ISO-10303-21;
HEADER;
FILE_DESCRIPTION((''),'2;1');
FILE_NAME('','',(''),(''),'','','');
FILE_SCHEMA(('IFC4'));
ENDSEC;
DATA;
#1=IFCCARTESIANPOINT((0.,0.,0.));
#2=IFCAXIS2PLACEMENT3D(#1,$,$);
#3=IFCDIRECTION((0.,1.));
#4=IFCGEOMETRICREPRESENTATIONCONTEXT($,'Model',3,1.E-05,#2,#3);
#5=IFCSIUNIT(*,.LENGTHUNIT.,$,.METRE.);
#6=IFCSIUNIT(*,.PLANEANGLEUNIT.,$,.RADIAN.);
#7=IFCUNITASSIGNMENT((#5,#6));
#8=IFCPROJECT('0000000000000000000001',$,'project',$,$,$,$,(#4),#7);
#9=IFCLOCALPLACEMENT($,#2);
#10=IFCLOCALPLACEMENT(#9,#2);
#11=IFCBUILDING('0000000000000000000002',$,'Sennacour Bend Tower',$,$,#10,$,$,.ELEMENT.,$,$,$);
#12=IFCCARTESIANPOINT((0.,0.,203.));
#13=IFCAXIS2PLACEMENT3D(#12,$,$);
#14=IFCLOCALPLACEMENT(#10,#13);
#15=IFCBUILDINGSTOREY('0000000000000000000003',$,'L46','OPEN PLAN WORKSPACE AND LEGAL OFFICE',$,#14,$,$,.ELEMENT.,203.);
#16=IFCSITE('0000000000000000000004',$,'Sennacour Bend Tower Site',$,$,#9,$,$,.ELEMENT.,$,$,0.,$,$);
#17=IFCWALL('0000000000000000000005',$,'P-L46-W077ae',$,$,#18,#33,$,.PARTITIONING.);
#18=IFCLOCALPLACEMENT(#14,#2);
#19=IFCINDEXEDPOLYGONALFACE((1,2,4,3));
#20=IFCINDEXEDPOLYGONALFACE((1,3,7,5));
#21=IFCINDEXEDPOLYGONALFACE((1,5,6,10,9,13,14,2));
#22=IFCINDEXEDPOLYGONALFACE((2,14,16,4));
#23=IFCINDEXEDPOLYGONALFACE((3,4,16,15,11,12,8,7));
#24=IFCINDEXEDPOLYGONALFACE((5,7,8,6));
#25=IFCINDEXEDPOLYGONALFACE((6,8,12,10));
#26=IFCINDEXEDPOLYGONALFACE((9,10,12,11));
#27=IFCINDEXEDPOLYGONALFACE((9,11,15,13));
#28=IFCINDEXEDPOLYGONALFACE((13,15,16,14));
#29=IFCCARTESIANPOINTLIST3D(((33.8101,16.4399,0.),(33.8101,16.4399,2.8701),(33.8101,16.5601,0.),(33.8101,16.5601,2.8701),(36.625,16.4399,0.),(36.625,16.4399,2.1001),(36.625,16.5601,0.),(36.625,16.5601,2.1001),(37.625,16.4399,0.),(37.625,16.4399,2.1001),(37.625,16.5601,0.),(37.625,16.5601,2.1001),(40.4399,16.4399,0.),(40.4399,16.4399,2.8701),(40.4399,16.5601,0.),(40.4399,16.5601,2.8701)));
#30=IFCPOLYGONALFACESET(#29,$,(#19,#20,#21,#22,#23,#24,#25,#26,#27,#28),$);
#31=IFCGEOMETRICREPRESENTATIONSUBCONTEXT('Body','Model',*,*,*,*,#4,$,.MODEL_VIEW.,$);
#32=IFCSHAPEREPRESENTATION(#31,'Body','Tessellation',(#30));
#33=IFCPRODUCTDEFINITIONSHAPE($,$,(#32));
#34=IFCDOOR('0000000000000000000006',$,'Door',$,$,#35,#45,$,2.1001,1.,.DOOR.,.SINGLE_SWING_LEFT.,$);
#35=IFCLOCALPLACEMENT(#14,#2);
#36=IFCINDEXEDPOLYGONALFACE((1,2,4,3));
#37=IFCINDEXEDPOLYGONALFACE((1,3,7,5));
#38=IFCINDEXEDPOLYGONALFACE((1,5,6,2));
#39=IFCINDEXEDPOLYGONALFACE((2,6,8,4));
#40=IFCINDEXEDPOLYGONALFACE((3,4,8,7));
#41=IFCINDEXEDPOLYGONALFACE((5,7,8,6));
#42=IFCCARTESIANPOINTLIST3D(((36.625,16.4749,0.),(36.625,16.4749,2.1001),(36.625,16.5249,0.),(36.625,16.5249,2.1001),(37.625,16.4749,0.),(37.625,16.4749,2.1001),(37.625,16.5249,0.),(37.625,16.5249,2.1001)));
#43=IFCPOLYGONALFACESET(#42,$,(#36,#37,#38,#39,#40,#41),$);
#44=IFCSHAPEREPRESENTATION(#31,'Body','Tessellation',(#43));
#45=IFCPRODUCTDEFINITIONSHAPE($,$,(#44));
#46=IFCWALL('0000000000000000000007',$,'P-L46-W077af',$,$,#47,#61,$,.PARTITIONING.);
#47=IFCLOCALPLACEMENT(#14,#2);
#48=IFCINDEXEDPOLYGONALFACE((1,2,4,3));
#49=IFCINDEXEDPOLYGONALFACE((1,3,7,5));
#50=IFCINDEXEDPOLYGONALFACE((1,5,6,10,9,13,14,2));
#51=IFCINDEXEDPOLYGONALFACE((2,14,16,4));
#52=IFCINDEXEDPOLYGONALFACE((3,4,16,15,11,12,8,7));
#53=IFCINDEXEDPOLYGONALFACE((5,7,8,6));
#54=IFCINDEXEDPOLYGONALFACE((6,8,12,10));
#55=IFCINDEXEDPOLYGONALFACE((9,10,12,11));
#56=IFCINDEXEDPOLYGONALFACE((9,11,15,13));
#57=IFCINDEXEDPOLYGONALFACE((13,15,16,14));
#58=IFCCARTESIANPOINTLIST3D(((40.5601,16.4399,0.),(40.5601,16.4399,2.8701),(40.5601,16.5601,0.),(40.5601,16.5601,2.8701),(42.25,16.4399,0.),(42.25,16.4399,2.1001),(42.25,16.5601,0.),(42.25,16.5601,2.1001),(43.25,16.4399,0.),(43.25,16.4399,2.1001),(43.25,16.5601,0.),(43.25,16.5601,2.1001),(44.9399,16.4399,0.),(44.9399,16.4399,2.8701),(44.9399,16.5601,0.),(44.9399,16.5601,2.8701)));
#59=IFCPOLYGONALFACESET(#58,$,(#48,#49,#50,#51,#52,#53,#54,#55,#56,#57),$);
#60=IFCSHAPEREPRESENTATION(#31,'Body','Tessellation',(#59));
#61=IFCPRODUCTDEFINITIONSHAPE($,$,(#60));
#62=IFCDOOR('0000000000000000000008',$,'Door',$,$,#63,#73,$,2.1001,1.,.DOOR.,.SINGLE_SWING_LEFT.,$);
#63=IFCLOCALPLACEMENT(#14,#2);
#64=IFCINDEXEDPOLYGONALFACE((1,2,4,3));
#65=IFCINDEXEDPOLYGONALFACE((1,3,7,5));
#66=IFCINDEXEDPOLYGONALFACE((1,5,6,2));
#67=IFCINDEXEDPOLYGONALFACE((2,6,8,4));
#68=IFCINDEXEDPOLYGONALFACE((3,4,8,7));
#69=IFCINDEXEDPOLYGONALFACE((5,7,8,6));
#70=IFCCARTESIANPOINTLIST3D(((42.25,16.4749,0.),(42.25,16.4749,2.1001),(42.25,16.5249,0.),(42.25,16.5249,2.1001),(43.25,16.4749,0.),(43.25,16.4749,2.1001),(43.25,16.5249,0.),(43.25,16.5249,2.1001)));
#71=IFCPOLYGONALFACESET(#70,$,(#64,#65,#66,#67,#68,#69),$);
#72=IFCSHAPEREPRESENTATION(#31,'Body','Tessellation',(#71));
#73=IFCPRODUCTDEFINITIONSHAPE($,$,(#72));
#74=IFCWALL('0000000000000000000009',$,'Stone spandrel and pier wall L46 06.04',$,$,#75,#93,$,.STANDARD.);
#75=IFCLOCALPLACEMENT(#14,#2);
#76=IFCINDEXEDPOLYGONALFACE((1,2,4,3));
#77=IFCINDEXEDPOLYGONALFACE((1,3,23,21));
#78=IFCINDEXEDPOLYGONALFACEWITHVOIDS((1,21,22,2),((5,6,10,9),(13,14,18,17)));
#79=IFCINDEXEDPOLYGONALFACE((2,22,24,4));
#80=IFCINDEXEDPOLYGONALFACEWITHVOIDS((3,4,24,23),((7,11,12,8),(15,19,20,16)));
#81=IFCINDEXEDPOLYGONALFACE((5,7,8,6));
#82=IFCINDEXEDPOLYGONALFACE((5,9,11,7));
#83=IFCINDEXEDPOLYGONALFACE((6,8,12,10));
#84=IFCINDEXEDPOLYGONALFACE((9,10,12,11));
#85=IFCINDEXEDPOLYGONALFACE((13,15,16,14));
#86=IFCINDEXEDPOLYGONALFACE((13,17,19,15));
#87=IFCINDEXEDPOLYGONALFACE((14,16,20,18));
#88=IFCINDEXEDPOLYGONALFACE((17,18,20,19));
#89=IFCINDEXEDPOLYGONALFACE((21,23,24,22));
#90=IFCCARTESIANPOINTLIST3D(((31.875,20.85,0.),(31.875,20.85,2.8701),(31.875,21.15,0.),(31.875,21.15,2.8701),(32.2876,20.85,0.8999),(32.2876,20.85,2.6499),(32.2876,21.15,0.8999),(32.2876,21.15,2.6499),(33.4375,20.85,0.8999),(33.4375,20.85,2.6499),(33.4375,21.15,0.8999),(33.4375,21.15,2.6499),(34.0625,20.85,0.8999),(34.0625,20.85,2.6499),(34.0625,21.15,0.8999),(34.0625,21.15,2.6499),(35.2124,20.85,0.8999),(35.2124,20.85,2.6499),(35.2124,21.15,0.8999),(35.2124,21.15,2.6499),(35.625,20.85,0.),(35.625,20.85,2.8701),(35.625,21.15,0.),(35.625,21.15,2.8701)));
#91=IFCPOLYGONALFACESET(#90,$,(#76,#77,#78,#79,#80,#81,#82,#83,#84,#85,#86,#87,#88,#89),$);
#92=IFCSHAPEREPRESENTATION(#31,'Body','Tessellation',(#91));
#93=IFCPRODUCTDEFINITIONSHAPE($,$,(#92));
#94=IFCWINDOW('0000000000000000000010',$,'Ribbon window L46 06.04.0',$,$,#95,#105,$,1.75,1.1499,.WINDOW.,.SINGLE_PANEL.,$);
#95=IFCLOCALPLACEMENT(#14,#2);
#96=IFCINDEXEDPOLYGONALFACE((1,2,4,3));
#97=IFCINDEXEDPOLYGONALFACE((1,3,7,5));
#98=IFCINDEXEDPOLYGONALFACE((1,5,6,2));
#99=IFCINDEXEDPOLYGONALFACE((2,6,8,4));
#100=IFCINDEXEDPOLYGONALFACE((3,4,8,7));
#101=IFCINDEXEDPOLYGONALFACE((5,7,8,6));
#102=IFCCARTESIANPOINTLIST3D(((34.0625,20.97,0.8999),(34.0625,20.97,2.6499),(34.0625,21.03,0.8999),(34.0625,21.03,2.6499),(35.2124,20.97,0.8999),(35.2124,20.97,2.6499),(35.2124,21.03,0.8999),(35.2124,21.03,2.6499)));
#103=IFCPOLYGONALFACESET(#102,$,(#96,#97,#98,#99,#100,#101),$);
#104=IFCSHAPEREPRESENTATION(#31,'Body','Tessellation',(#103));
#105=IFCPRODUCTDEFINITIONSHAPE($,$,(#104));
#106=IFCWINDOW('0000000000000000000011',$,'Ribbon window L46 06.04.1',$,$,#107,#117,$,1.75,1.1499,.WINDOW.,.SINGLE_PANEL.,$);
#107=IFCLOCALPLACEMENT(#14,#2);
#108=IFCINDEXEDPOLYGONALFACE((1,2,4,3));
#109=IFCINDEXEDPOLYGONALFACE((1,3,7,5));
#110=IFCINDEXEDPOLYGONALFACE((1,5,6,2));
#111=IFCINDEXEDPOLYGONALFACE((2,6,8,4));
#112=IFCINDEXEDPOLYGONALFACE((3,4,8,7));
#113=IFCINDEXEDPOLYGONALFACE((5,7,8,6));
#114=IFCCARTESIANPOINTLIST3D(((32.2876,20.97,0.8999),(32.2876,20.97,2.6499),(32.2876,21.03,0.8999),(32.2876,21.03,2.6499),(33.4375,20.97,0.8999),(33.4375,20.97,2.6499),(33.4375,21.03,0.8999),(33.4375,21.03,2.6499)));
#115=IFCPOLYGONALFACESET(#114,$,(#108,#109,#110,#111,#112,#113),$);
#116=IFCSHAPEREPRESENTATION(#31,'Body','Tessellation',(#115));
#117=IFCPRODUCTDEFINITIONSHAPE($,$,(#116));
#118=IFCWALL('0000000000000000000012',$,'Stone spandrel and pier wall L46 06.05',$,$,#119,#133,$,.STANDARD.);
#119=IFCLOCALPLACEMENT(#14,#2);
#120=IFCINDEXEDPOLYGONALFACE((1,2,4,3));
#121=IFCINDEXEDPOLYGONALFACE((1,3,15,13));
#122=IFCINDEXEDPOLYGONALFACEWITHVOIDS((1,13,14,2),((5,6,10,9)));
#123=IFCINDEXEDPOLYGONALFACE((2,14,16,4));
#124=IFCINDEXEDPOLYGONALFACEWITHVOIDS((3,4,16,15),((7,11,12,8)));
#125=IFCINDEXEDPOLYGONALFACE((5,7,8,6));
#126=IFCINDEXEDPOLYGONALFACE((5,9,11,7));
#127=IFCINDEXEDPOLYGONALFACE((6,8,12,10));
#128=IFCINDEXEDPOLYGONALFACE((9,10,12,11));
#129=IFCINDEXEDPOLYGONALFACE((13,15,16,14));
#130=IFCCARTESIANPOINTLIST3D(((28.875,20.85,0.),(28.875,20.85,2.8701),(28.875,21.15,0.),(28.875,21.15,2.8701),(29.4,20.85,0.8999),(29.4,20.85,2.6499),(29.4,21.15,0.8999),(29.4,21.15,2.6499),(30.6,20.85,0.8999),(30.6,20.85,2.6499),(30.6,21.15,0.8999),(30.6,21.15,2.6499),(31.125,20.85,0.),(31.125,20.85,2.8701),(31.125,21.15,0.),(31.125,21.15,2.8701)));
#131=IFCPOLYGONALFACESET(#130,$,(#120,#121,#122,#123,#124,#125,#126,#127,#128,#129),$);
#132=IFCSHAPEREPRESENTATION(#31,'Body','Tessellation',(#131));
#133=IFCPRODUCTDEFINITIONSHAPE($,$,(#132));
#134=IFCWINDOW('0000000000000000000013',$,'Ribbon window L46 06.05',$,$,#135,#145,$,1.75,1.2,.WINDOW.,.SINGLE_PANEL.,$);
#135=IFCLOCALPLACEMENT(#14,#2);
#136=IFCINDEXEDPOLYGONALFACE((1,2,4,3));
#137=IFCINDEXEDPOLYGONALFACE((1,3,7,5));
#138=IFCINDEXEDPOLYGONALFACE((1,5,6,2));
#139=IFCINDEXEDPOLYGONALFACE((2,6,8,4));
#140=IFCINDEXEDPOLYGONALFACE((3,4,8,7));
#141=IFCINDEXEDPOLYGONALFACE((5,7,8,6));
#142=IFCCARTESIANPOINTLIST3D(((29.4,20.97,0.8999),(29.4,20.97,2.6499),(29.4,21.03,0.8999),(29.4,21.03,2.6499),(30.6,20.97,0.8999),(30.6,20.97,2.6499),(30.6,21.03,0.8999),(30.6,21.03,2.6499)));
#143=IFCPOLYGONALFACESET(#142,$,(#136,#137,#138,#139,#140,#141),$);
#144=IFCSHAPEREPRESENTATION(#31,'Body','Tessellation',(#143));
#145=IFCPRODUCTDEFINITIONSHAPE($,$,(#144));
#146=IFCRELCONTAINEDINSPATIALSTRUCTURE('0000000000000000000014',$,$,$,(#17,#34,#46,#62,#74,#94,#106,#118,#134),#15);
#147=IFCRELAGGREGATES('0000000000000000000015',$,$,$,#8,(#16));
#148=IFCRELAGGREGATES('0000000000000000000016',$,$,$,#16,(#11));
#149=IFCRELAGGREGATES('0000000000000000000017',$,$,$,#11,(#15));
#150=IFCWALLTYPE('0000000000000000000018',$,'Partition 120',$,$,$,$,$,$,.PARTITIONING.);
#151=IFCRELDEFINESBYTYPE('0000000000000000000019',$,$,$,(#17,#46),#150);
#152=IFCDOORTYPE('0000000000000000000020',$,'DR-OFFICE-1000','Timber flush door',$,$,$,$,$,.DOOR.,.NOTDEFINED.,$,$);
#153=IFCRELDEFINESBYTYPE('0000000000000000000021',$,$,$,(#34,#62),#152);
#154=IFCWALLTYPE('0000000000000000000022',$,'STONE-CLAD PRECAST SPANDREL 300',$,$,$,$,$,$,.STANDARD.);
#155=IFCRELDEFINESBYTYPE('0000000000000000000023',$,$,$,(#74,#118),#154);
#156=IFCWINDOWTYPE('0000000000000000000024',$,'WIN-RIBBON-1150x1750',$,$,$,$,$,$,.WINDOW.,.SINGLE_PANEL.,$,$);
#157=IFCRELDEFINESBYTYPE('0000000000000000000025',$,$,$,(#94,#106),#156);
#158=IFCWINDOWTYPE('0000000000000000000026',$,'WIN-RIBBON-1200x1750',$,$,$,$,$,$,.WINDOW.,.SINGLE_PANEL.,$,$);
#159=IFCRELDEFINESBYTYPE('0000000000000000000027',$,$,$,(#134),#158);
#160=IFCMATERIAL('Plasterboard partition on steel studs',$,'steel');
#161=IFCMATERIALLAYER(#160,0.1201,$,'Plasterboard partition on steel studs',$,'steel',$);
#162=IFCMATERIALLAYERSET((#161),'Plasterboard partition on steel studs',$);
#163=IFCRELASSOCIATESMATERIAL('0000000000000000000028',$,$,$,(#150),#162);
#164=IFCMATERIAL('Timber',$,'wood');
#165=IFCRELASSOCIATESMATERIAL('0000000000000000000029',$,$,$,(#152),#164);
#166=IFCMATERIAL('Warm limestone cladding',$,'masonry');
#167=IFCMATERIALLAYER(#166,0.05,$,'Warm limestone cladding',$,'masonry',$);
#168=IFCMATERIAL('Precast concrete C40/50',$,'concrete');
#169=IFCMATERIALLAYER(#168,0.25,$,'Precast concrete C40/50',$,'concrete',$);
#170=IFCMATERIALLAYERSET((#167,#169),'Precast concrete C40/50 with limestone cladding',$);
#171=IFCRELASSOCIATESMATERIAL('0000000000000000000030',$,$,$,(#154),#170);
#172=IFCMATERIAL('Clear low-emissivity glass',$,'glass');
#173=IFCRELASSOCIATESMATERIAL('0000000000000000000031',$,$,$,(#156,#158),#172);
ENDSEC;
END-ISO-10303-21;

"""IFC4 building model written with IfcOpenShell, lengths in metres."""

from ifc_helpers import new_model, si_unit, direction, frame, frame_2d, origin, place, context, subcontext, project, spatial, rectangle, extrude, material, layer, layer_set, type_object, element, fill, save


model = new_model("IFC4")

# Units and contexts
model_context = context("Model", 3, precision=1e-05, world=origin(), true_north=direction((0.0, 1.0)))
body_context = subcontext(model_context, "Body", "Model", "MODEL_VIEW")
ifc_project = project(units=[si_unit("LENGTHUNIT", "METRE"), si_unit("PLANEANGLEUNIT", "RADIAN")], contexts=[model_context])

# Site, building, storey
site_placement = place(None, origin())
site = spatial("IfcSite", under=ifc_project, at=site_placement, Name="Sennacour Bend Tower Site", CompositionType="ELEMENT", RefElevation=0.0)
building_placement = place(site_placement, origin())
building = spatial("IfcBuilding", under=site, at=building_placement, Name="Sennacour Bend Tower", CompositionType="ELEMENT")
storey_placement = place(building_placement, frame((0.0, 0.0, 203.0)))
storey = spatial("IfcBuildingStorey", under=building, at=storey_placement, Name="L46", Description="OPEN PLAN WORKSPACE AND LEGAL OFFICE", CompositionType="ELEMENT", Elevation=203.0)

# Shared definitions
ifc_material_1 = material(Name="Plasterboard partition on steel studs", Category="steel")
ifc_layer_1 = layer(ifc_material_1, 0.1201, Name="Plasterboard partition on steel studs", Category="steel")
ifc_layer_set_1 = layer_set([ifc_layer_1], Name="Plasterboard partition on steel studs")
wall_type_1 = type_object("IfcWallType", Name="Partition 120", PredefinedType="PARTITIONING", material=ifc_layer_set_1)

# Shared definitions
ifc_material_2 = material(Name="Timber", Category="wood")

# Walls, openings, doors
door_type_1 = type_object("IfcDoorType", Name="DR-OFFICE-1000", Description="Timber flush door", OperationType="NOTDEFINED", PredefinedType="DOOR", material=ifc_material_2)
wall_1_placement = place(storey_placement, frame((33.8101, 16.5, 0.0), z_axis=(0.0, 0.0, 1.0), x_axis=(1.0, 0.0, 0.0)))
wall_1 = element("IfcWall", 1, at=wall_1_placement, inside=storey, type_object=wall_type_1, Name="P-L46-W077ae", PredefinedType="PARTITIONING", context=body_context, shape_type="SweptSolid", body=[
    extrude(rectangle(XDim=6.6299, YDim=0.1201, at=frame_2d((3.3149, 0.0))), origin(), (0.0, 0.0, 1.0), 2.8701),
])
opening_1_placement = place(wall_1_placement, frame((2.8149, 0.0, 0.0)))
opening_1 = element("IfcOpeningElement", 2, at=opening_1_placement, cuts=wall_1, PredefinedType="OPENING", context=body_context, shape_type="SweptSolid", body=[
    extrude(rectangle(XDim=1.0, YDim=2.1001, at=frame_2d((0.5, 1.05))), frame((0.0, 0.0701, 0.0), z_axis=(0.0, -1.0, 0.0), x_axis=(1.0, 0.0, 0.0)), (0.0, 0.0, 1.0), 0.1401),
])
door_1_placement = place(opening_1_placement, origin())
door_1 = element("IfcDoor", 3, at=door_1_placement, inside=storey, type_object=door_type_1, Name="Door", OperationType="SINGLE_SWING_LEFT", OverallHeight=2.1001, OverallWidth=1.0, PredefinedType="DOOR", context=body_context, shape_type="SweptSolid", body=[
    extrude(rectangle(XDim=1.0, YDim=2.1001, at=frame_2d((0.5, 1.05))), frame((0.0, 0.0249, 0.0), z_axis=(0.0, -1.0, 0.0), x_axis=(1.0, 0.0, 0.0)), (0.0, 0.0, 1.0), 0.05),
])
fill(opening_1, door_1)
wall_2_placement = place(storey_placement, frame((40.5601, 16.5, 0.0), z_axis=(0.0, 0.0, 1.0), x_axis=(1.0, 0.0, 0.0)))
wall_2 = element("IfcWall", 4, at=wall_2_placement, inside=storey, type_object=wall_type_1, Name="P-L46-W077af", PredefinedType="PARTITIONING", context=body_context, shape_type="SweptSolid", body=[
    extrude(rectangle(XDim=4.3799, YDim=0.1201, at=frame_2d((2.1899, 0.0))), origin(), (0.0, 0.0, 1.0), 2.8701),
])
opening_2_placement = place(wall_2_placement, frame((1.6899, 0.0, 0.0)))
opening_2 = element("IfcOpeningElement", 5, at=opening_2_placement, cuts=wall_2, PredefinedType="OPENING", context=body_context, shape_type="SweptSolid", body=[
    extrude(rectangle(XDim=1.0, YDim=2.1001, at=frame_2d((0.5, 1.05))), frame((0.0, 0.0701, 0.0), z_axis=(0.0, -1.0, 0.0), x_axis=(1.0, 0.0, 0.0)), (0.0, 0.0, 1.0), 0.1401),
])
door_2_placement = place(opening_2_placement, origin())
door_2 = element("IfcDoor", 6, at=door_2_placement, inside=storey, type_object=door_type_1, Name="Door", OperationType="SINGLE_SWING_LEFT", OverallHeight=2.1001, OverallWidth=1.0, PredefinedType="DOOR", context=body_context, shape_type="SweptSolid", body=[
    extrude(rectangle(XDim=1.0, YDim=2.1001, at=frame_2d((0.5, 1.05))), frame((0.0, 0.0249, 0.0), z_axis=(0.0, -1.0, 0.0), x_axis=(1.0, 0.0, 0.0)), (0.0, 0.0, 1.0), 0.05),
])
fill(opening_2, door_2)

# Wall, openings, windows
ifc_material_3 = material(Name="Warm limestone cladding", Category="masonry")
ifc_layer_2 = layer(ifc_material_3, 0.05, Name="Warm limestone cladding", Category="masonry")
ifc_material_4 = material(Name="Precast concrete C40/50", Category="concrete")
ifc_layer_3 = layer(ifc_material_4, 0.25, Name="Precast concrete C40/50", Category="concrete")
ifc_layer_set_2 = layer_set([ifc_layer_2, ifc_layer_3], Name="Precast concrete C40/50 with limestone cladding")
wall_type_2 = type_object("IfcWallType", Name="STONE-CLAD PRECAST SPANDREL 300", PredefinedType="STANDARD", material=ifc_layer_set_2)
wall_3_placement = place(storey_placement, frame((35.625, 21.0, 0.0), z_axis=(0.0, 0.0, 1.0), x_axis=(-1.0, 0.0, 0.0)))
wall_3 = element("IfcWall", 7, at=wall_3_placement, inside=storey, type_object=wall_type_2, Name="Stone spandrel and pier wall L46 06.04", PredefinedType="STANDARD", context=body_context, shape_type="SweptSolid", body=[
    extrude(rectangle(XDim=3.75, YDim=0.3, at=frame_2d((1.875, 0.0))), origin(), (0.0, 0.0, 1.0), 2.8701),
])
opening_3_placement = place(wall_3_placement, frame((0.4126, 0.0, 0.8999)))
opening_3 = element("IfcOpeningElement", 8, at=opening_3_placement, cuts=wall_3, PredefinedType="OPENING", context=body_context, shape_type="SweptSolid", body=[
    extrude(rectangle(XDim=1.1499, YDim=1.75, at=frame_2d((0.575, 0.875))), frame((0.0, 0.1602, 0.0), z_axis=(0.0, -1.0, 0.0), x_axis=(1.0, 0.0, 0.0)), (0.0, 0.0, 1.0), 0.3201),
])
opening_4_placement = place(wall_3_placement, frame((2.1875, 0.0, 0.8999)))
opening_4 = element("IfcOpeningElement", 9, at=opening_4_placement, cuts=wall_3, PredefinedType="OPENING", context=body_context, shape_type="SweptSolid", body=[
    extrude(rectangle(XDim=1.1499, YDim=1.75, at=frame_2d((0.575, 0.875))), frame((0.0, 0.1602, 0.0), z_axis=(0.0, -1.0, 0.0), x_axis=(1.0, 0.0, 0.0)), (0.0, 0.0, 1.0), 0.3201),
])
ifc_material_5 = material(Name="Clear low-emissivity glass", Category="glass")
window_type_1 = type_object("IfcWindowType", Name="WIN-RIBBON-1150x1750", PartitioningType="SINGLE_PANEL", PredefinedType="WINDOW", material=ifc_material_5)
window_1_placement = place(opening_3_placement, origin())
window_1 = element("IfcWindow", 10, at=window_1_placement, inside=storey, type_object=window_type_1, Name="Ribbon window L46 06.04.0", OverallHeight=1.75, OverallWidth=1.1499, PartitioningType="SINGLE_PANEL", PredefinedType="WINDOW", context=body_context, shape_type="SweptSolid", body=[
    extrude(rectangle(XDim=1.1499, YDim=1.75, at=frame_2d((0.575, 0.875))), frame((0.0, 0.03, 0.0), z_axis=(0.0, -1.0, 0.0), x_axis=(1.0, 0.0, 0.0)), (0.0, 0.0, 1.0), 0.0601),
])
fill(opening_3, window_1)
window_2_placement = place(opening_4_placement, origin())
window_2 = element("IfcWindow", 11, at=window_2_placement, inside=storey, type_object=window_type_1, Name="Ribbon window L46 06.04.1", OverallHeight=1.75, OverallWidth=1.1499, PartitioningType="SINGLE_PANEL", PredefinedType="WINDOW", context=body_context, shape_type="SweptSolid", body=[
    extrude(rectangle(XDim=1.1499, YDim=1.75, at=frame_2d((0.575, 0.875))), frame((0.0, 0.03, 0.0), z_axis=(0.0, -1.0, 0.0), x_axis=(1.0, 0.0, 0.0)), (0.0, 0.0, 1.0), 0.0601),
])
fill(opening_4, window_2)

# Wall, opening, window
wall_4_placement = place(storey_placement, frame((31.125, 21.0, 0.0), z_axis=(0.0, 0.0, 1.0), x_axis=(-1.0, 0.0, 0.0)))
wall_4 = element("IfcWall", 12, at=wall_4_placement, inside=storey, type_object=wall_type_2, Name="Stone spandrel and pier wall L46 06.05", PredefinedType="STANDARD", context=body_context, shape_type="SweptSolid", body=[
    extrude(rectangle(XDim=2.25, YDim=0.3, at=frame_2d((1.125, 0.0))), origin(), (0.0, 0.0, 1.0), 2.8701),
])
opening_5_placement = place(wall_4_placement, frame((0.5249, 0.0, 0.8999)))
opening_5 = element("IfcOpeningElement", 13, at=opening_5_placement, cuts=wall_4, PredefinedType="OPENING", context=body_context, shape_type="SweptSolid", body=[
    extrude(rectangle(XDim=1.2, YDim=1.75, at=frame_2d((0.6001, 0.875))), frame((0.0, 0.1602, 0.0), z_axis=(0.0, -1.0, 0.0), x_axis=(1.0, 0.0, 0.0)), (0.0, 0.0, 1.0), 0.3201),
])
window_type_2 = type_object("IfcWindowType", Name="WIN-RIBBON-1200x1750", PartitioningType="SINGLE_PANEL", PredefinedType="WINDOW", material=ifc_material_5)
window_3_placement = place(opening_5_placement, origin())
window_3 = element("IfcWindow", 14, at=window_3_placement, inside=storey, type_object=window_type_2, Name="Ribbon window L46 06.05", OverallHeight=1.75, OverallWidth=1.2, PartitioningType="SINGLE_PANEL", PredefinedType="WINDOW", context=body_context, shape_type="SweptSolid", body=[
    extrude(rectangle(XDim=1.2, YDim=1.75, at=frame_2d((0.6001, 0.875))), frame((0.0, 0.03, 0.0), z_axis=(0.0, -1.0, 0.0), x_axis=(1.0, 0.0, 0.0)), (0.0, 0.0, 1.0), 0.0601),
])
fill(opening_5, window_3)

save(model, "model.ifc")
